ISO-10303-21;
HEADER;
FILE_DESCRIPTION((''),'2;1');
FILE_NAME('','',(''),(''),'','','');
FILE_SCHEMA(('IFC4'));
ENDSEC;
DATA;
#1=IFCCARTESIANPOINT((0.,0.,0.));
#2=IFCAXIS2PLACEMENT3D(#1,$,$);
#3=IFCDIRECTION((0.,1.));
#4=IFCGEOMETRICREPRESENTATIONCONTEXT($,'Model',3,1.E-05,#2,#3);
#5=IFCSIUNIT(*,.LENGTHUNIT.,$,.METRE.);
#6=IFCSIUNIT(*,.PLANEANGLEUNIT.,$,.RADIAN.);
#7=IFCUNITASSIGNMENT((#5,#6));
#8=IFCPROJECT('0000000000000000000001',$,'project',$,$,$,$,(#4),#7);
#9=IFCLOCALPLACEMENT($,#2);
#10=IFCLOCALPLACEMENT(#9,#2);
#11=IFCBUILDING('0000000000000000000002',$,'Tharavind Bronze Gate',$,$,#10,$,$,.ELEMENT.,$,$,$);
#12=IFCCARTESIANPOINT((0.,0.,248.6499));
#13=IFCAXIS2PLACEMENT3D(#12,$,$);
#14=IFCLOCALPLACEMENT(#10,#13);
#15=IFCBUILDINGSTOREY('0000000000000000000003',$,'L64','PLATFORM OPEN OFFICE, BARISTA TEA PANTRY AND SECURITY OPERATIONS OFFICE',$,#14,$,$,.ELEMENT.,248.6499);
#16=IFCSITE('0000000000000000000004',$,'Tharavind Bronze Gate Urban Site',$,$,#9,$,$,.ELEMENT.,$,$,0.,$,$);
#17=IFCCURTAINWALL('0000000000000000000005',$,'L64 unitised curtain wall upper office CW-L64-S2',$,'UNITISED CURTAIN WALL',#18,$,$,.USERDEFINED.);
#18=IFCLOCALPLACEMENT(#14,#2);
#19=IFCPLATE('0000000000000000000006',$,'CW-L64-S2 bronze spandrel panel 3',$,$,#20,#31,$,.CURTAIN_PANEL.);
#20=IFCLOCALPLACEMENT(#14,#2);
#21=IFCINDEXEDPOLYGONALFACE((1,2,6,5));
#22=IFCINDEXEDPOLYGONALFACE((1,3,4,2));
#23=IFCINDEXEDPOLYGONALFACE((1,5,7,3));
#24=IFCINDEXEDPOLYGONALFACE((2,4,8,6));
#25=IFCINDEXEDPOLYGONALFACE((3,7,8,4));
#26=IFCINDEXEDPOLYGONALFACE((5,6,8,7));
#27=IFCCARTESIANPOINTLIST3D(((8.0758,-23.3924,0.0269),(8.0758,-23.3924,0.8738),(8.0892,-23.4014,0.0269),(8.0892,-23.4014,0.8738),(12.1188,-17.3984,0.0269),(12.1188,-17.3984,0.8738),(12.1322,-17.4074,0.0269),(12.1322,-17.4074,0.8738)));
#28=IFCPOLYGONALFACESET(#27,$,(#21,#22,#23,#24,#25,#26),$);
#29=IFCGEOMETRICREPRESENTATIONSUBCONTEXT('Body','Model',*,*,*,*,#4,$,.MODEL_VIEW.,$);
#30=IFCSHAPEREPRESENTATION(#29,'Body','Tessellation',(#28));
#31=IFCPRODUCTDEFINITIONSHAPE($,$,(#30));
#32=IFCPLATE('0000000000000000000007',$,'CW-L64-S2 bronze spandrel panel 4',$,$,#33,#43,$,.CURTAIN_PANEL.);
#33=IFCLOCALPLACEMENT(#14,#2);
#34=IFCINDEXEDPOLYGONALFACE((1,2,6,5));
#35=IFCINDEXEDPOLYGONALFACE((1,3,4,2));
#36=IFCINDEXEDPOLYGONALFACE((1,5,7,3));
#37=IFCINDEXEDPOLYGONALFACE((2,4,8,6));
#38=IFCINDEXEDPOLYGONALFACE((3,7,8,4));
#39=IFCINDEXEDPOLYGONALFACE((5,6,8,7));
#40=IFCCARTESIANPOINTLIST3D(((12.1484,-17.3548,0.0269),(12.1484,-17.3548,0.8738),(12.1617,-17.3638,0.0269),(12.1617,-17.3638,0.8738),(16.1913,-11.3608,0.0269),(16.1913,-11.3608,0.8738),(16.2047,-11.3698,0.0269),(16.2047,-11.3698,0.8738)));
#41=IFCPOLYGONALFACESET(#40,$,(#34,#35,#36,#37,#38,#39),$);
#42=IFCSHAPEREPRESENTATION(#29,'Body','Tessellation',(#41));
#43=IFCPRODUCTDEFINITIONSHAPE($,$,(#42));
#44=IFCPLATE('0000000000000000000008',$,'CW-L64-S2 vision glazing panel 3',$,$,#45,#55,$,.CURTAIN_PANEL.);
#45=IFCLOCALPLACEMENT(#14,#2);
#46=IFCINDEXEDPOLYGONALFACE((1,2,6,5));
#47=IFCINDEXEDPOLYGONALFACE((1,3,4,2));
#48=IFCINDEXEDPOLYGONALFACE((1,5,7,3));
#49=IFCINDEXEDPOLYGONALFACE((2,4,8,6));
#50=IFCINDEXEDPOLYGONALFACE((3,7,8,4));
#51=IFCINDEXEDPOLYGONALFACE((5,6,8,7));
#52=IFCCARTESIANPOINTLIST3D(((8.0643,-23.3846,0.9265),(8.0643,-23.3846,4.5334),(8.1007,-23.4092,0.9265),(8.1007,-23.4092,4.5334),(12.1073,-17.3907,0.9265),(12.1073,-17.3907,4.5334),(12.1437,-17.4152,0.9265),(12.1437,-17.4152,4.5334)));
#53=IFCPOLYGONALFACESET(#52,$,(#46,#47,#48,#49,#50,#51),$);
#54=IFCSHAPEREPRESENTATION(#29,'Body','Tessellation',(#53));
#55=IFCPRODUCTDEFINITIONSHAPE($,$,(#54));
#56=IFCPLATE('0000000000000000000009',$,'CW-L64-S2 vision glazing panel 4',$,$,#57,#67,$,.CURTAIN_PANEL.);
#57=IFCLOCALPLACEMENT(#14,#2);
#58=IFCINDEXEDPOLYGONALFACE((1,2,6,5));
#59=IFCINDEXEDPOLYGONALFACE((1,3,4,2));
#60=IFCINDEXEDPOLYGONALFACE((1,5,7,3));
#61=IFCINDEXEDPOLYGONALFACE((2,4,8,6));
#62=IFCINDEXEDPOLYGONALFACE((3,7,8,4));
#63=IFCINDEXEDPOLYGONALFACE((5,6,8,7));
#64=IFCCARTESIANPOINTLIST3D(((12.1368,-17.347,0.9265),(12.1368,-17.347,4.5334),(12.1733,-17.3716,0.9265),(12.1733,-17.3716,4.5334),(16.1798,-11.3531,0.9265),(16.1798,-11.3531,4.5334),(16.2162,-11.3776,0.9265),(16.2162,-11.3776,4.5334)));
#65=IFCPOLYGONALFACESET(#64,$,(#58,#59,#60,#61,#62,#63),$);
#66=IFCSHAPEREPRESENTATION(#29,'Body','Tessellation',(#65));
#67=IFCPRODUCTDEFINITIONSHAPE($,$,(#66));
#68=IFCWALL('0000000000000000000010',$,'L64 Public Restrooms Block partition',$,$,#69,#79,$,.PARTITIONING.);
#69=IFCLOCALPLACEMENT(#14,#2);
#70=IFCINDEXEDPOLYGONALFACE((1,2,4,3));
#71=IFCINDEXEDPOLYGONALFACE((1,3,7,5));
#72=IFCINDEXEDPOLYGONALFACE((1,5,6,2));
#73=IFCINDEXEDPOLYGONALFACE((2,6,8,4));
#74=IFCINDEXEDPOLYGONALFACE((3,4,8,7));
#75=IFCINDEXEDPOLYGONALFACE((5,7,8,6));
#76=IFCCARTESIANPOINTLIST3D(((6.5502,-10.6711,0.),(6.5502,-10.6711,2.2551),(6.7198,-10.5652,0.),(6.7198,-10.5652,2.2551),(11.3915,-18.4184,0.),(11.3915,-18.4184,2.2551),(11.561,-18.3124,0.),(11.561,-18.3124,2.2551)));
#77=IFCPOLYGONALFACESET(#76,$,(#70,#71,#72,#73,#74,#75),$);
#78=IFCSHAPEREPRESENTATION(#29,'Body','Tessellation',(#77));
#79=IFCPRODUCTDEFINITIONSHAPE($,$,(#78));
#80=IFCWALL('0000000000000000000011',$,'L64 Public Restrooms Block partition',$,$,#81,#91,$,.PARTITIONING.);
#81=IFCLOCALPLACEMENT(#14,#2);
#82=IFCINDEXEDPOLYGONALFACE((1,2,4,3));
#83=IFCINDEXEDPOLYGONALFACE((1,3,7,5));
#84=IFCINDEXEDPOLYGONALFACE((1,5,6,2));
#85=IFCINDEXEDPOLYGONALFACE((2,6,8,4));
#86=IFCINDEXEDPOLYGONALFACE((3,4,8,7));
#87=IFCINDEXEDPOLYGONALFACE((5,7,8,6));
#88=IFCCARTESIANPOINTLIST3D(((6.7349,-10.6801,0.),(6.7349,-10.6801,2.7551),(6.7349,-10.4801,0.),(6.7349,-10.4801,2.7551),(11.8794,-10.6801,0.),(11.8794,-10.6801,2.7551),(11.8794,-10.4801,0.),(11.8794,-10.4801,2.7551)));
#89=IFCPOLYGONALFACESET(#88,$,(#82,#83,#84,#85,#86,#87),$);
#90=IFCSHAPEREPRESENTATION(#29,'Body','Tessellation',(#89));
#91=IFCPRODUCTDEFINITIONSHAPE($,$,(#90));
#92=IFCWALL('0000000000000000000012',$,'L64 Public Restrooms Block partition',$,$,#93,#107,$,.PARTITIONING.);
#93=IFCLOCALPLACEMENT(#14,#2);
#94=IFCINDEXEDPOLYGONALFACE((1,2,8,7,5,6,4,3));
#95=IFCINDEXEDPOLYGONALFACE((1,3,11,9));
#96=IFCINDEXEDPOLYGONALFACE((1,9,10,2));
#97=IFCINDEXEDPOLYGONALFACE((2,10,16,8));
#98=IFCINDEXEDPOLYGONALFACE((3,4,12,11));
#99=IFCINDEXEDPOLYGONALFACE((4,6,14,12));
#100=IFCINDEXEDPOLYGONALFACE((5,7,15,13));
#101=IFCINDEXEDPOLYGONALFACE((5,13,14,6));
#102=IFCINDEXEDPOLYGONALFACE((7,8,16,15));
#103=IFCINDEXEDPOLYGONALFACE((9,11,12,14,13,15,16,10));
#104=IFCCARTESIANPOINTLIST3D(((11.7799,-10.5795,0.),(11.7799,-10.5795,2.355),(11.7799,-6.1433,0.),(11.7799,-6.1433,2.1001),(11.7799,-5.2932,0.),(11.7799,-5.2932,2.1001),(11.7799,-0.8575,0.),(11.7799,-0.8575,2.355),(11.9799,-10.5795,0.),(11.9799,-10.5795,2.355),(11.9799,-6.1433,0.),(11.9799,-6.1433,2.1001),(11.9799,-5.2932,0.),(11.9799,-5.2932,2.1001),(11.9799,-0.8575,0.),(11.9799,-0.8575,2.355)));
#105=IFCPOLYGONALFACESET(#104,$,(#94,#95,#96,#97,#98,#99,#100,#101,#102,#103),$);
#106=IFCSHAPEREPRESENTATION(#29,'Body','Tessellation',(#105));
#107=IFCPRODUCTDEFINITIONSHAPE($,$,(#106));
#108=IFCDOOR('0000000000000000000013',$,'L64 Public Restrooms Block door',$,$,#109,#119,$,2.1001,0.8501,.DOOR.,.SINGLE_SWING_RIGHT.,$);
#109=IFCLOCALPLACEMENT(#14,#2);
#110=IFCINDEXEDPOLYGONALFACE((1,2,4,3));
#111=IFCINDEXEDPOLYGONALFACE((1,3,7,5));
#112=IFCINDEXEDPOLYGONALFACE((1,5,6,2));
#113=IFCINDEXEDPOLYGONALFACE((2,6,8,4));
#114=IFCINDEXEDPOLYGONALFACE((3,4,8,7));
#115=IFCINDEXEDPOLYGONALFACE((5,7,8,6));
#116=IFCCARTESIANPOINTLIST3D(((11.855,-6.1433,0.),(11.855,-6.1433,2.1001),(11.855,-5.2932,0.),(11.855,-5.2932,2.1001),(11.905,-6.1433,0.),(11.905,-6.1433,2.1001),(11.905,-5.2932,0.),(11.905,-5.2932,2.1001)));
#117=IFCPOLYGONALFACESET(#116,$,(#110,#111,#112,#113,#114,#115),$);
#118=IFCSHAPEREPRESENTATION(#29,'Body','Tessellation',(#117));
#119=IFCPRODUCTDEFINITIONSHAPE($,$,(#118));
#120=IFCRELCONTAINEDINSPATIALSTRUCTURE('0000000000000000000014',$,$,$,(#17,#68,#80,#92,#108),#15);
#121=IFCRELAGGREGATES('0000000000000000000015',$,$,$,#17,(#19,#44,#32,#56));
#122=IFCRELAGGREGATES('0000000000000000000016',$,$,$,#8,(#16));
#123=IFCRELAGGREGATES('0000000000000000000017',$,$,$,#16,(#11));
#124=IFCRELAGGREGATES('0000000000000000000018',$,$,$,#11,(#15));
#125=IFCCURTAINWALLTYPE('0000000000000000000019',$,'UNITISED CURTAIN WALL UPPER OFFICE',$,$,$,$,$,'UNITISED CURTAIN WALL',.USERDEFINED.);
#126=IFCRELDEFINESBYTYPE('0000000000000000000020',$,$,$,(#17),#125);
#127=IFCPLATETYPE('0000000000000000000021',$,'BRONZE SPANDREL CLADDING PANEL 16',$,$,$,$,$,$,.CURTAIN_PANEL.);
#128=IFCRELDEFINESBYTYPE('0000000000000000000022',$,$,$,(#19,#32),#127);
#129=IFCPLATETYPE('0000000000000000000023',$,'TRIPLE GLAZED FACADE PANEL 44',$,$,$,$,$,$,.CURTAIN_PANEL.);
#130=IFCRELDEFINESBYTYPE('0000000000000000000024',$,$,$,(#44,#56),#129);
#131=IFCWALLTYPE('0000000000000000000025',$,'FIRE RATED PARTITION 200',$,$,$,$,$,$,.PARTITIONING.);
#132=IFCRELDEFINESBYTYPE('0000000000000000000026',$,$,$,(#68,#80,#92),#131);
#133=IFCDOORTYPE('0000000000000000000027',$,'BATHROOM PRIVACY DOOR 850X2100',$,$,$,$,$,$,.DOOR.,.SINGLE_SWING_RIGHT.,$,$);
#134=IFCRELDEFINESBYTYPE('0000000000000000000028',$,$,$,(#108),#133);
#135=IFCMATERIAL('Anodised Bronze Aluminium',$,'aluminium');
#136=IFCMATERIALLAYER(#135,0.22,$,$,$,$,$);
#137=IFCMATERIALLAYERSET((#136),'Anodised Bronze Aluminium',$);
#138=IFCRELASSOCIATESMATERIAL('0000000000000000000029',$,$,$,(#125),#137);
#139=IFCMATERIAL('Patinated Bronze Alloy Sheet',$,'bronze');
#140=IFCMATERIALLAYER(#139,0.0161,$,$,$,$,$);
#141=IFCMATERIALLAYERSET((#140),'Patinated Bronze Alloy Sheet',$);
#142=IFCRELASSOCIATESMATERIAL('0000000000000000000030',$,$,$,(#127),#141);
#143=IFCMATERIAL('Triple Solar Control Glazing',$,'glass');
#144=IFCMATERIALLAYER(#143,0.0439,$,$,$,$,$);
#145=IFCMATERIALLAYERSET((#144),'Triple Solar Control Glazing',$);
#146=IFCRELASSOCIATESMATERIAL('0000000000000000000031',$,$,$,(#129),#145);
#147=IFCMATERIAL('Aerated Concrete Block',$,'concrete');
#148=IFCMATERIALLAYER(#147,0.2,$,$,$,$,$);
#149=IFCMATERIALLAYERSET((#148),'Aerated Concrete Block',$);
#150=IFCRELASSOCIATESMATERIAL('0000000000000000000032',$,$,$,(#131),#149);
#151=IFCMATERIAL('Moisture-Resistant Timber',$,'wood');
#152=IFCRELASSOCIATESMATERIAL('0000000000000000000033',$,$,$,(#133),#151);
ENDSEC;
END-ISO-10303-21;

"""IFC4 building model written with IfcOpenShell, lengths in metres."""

from ifc_helpers import new_model, si_unit, direction, frame, frame_2d, origin, origin_2d, place, context, subcontext, project, spatial, rectangle, extrude, material, layer, layer_set, type_object, element, fill, aggregate, save


model = new_model("IFC4")

# Units and contexts
model_context = context("Model", 3, precision=1e-05, world=origin(), true_north=direction((0.0, 1.0)))
body_context = subcontext(model_context, "Body", "Model", "MODEL_VIEW")
ifc_project = project(units=[si_unit("LENGTHUNIT", "METRE"), si_unit("PLANEANGLEUNIT", "RADIAN")], contexts=[model_context])

# Site, building, storey
site_placement = place(None, origin())
site = spatial("IfcSite", under=ifc_project, at=site_placement, Name="Tharavind Bronze Gate Urban Site", CompositionType="ELEMENT", RefElevation=0.0)
building_placement = place(site_placement, origin())
building = spatial("IfcBuilding", under=site, at=building_placement, Name="Tharavind Bronze Gate", CompositionType="ELEMENT")
storey_placement = place(building_placement, frame((0.0, 0.0, 248.6499)))
storey = spatial("IfcBuildingStorey", under=building, at=storey_placement, Name="L64", Description="PLATFORM OPEN OFFICE, BARISTA TEA PANTRY AND SECURITY OPERATIONS OFFICE", CompositionType="ELEMENT", Elevation=248.6499)

# Curtain wall
ifc_material_1 = material(Name="Anodised Bronze Aluminium", Category="aluminium")
ifc_layer_1 = layer(ifc_material_1, 0.22)
ifc_layer_set_1 = layer_set([ifc_layer_1], Name="Anodised Bronze Aluminium")
curtain_wall_type = type_object("IfcCurtainWallType", Name="UNITISED CURTAIN WALL UPPER OFFICE", ElementType="UNITISED CURTAIN WALL", PredefinedType="USERDEFINED", material=ifc_layer_set_1)
curtain_wall_placement = place(storey_placement, origin())
curtain_wall = element("IfcCurtainWall", 1, at=curtain_wall_placement, inside=storey, type_object=curtain_wall_type, Name="L64 unitised curtain wall upper office CW-L64-S2", ObjectType="UNITISED CURTAIN WALL", PredefinedType="USERDEFINED")

# Plates
ifc_material_2 = material(Name="Patinated Bronze Alloy Sheet", Category="bronze")
ifc_layer_2 = layer(ifc_material_2, 0.0161)
ifc_layer_set_2 = layer_set([ifc_layer_2], Name="Patinated Bronze Alloy Sheet")
plate_type_1 = type_object("IfcPlateType", Name="BRONZE SPANDREL CLADDING PANEL 16", PredefinedType="CURTAIN_PANEL", material=ifc_layer_set_2)
plate_1_placement = place(storey_placement, frame((10.104, -20.3999, 0.0269), z_axis=(0.0, 0.0, 1.0), x_axis=(0.559193, 0.829038, 0.0)))
plate_1 = element("IfcPlate", 2, at=plate_1_placement, type_object=plate_type_1, Name="CW-L64-S2 bronze spandrel panel 3", PredefinedType="CURTAIN_PANEL", context=body_context, shape_type="SweptSolid", body=[
    extrude(rectangle(XDim=7.23, YDim=0.0161, at=origin_2d()), origin(), (0.0, 0.0, 1.0), 0.8469),
])
plate_2_placement = place(storey_placement, frame((14.1765, -14.3623, 0.0269), z_axis=(0.0, 0.0, 1.0), x_axis=(0.559193, 0.829038, 0.0)))
plate_2 = element("IfcPlate", 3, at=plate_2_placement, type_object=plate_type_1, Name="CW-L64-S2 bronze spandrel panel 4", PredefinedType="CURTAIN_PANEL", context=body_context, shape_type="SweptSolid", body=[
    extrude(rectangle(XDim=7.23, YDim=0.0161, at=origin_2d()), origin(), (0.0, 0.0, 1.0), 0.8469),
])
ifc_material_3 = material(Name="Triple Solar Control Glazing", Category="glass")
ifc_layer_3 = layer(ifc_material_3, 0.0439)
ifc_layer_set_3 = layer_set([ifc_layer_3], Name="Triple Solar Control Glazing")
plate_type_2 = type_object("IfcPlateType", Name="TRIPLE GLAZED FACADE PANEL 44", PredefinedType="CURTAIN_PANEL", material=ifc_layer_set_3)
plate_3_placement = place(storey_placement, frame((10.104, -20.3999, 0.9265), z_axis=(0.0, 0.0, 1.0), x_axis=(0.559193, 0.829038, 0.0)))
plate_3 = element("IfcPlate", 4, at=plate_3_placement, type_object=plate_type_2, Name="CW-L64-S2 vision glazing panel 3", PredefinedType="CURTAIN_PANEL", context=body_context, shape_type="SweptSolid", body=[
    extrude(rectangle(XDim=7.23, YDim=0.0439, at=origin_2d()), origin(), (0.0, 0.0, 1.0), 3.6069),
])
plate_4_placement = place(storey_placement, frame((14.1765, -14.3623, 0.9265), z_axis=(0.0, 0.0, 1.0), x_axis=(0.559193, 0.829038, 0.0)))
plate_4 = element("IfcPlate", 5, at=plate_4_placement, type_object=plate_type_2, Name="CW-L64-S2 vision glazing panel 4", PredefinedType="CURTAIN_PANEL", context=body_context, shape_type="SweptSolid", body=[
    extrude(rectangle(XDim=7.23, YDim=0.0439, at=origin_2d()), origin(), (0.0, 0.0, 1.0), 3.6069),
])
aggregate(curtain_wall, [plate_1, plate_3, plate_2, plate_4])

# Walls
ifc_material_4 = material(Name="Aerated Concrete Block", Category="concrete")
ifc_layer_4 = layer(ifc_material_4, 0.2)
ifc_layer_set_4 = layer_set([ifc_layer_4], Name="Aerated Concrete Block")
wall_type = type_object("IfcWallType", Name="FIRE RATED PARTITION 200", PredefinedType="PARTITIONING", material=ifc_layer_set_4)
wall_1_placement = place(storey_placement, frame((11.4763, -18.3655, 0.0), z_axis=(0.0, 0.0, 1.0), x_axis=(-0.529939, 0.848036, 0.0)))
element("IfcWall", 6, at=wall_1_placement, inside=storey, type_object=wall_type, Name="L64 Public Restrooms Block partition", PredefinedType="PARTITIONING", context=body_context, shape_type="SweptSolid", body=[
    extrude(rectangle(XDim=9.1355, YDim=0.2, at=frame_2d((4.5679, 0.0))), origin(), (0.0, 0.0, 1.0), 2.2551),
])
wall_2_placement = place(storey_placement, frame((6.7349, -10.5801, 0.0), z_axis=(0.0, 0.0, 1.0), x_axis=(1.0, 0.0, 0.0)))
element("IfcWall", 7, at=wall_2_placement, inside=storey, type_object=wall_type, Name="L64 Public Restrooms Block partition", PredefinedType="PARTITIONING", context=body_context, shape_type="SweptSolid", body=[
    extrude(rectangle(XDim=5.1445, YDim=0.2, at=frame_2d((2.5723, 0.0))), origin(), (0.0, 0.0, 1.0), 2.7551),
])

# Wall, opening, door
wall_3_placement = place(storey_placement, frame((11.8799, -10.5793, 0.0), z_axis=(0.0, 0.0, 1.0), x_axis=(0.0, 1.0, 0.0)))
wall_3 = element("IfcWall", 8, at=wall_3_placement, inside=storey, type_object=wall_type, Name="L64 Public Restrooms Block partition", PredefinedType="PARTITIONING", context=body_context, shape_type="SweptSolid", body=[
    extrude(rectangle(XDim=9.7219, YDim=0.2, at=frame_2d((4.8608, 0.0))), origin(), (0.0, 0.0, 1.0), 2.355),
])
opening_placement = place(wall_3_placement, frame((4.436, 0.0, 0.0)))
opening = element("IfcOpeningElement", 9, at=opening_placement, cuts=wall_3, PredefinedType="OPENING", context=body_context, shape_type="SweptSolid", body=[
    extrude(rectangle(XDim=0.8501, YDim=2.1001, at=frame_2d((0.425, 1.05))), frame((0.0, 0.1101, 0.0), z_axis=(0.0, -1.0, 0.0), x_axis=(1.0, 0.0, 0.0)), (0.0, 0.0, 1.0), 0.22),
])
ifc_material_5 = material(Name="Moisture-Resistant Timber", Category="wood")
door_type = type_object("IfcDoorType", Name="BATHROOM PRIVACY DOOR 850X2100", OperationType="SINGLE_SWING_RIGHT", PredefinedType="DOOR", material=ifc_material_5)
door_placement = place(opening_placement, origin())
door = element("IfcDoor", 10, at=door_placement, inside=storey, type_object=door_type, Name="L64 Public Restrooms Block door", OperationType="SINGLE_SWING_RIGHT", OverallHeight=2.1001, OverallWidth=0.8501, PredefinedType="DOOR", context=body_context, shape_type="SweptSolid", body=[
    extrude(rectangle(XDim=0.8501, YDim=2.1001, at=frame_2d((0.425, 1.05))), frame((0.0, 0.0249, 0.0), z_axis=(0.0, -1.0, 0.0), x_axis=(1.0, 0.0, 0.0)), (0.0, 0.0, 1.0), 0.05),
])
fill(opening, door)

save(model, "model.ifc")
